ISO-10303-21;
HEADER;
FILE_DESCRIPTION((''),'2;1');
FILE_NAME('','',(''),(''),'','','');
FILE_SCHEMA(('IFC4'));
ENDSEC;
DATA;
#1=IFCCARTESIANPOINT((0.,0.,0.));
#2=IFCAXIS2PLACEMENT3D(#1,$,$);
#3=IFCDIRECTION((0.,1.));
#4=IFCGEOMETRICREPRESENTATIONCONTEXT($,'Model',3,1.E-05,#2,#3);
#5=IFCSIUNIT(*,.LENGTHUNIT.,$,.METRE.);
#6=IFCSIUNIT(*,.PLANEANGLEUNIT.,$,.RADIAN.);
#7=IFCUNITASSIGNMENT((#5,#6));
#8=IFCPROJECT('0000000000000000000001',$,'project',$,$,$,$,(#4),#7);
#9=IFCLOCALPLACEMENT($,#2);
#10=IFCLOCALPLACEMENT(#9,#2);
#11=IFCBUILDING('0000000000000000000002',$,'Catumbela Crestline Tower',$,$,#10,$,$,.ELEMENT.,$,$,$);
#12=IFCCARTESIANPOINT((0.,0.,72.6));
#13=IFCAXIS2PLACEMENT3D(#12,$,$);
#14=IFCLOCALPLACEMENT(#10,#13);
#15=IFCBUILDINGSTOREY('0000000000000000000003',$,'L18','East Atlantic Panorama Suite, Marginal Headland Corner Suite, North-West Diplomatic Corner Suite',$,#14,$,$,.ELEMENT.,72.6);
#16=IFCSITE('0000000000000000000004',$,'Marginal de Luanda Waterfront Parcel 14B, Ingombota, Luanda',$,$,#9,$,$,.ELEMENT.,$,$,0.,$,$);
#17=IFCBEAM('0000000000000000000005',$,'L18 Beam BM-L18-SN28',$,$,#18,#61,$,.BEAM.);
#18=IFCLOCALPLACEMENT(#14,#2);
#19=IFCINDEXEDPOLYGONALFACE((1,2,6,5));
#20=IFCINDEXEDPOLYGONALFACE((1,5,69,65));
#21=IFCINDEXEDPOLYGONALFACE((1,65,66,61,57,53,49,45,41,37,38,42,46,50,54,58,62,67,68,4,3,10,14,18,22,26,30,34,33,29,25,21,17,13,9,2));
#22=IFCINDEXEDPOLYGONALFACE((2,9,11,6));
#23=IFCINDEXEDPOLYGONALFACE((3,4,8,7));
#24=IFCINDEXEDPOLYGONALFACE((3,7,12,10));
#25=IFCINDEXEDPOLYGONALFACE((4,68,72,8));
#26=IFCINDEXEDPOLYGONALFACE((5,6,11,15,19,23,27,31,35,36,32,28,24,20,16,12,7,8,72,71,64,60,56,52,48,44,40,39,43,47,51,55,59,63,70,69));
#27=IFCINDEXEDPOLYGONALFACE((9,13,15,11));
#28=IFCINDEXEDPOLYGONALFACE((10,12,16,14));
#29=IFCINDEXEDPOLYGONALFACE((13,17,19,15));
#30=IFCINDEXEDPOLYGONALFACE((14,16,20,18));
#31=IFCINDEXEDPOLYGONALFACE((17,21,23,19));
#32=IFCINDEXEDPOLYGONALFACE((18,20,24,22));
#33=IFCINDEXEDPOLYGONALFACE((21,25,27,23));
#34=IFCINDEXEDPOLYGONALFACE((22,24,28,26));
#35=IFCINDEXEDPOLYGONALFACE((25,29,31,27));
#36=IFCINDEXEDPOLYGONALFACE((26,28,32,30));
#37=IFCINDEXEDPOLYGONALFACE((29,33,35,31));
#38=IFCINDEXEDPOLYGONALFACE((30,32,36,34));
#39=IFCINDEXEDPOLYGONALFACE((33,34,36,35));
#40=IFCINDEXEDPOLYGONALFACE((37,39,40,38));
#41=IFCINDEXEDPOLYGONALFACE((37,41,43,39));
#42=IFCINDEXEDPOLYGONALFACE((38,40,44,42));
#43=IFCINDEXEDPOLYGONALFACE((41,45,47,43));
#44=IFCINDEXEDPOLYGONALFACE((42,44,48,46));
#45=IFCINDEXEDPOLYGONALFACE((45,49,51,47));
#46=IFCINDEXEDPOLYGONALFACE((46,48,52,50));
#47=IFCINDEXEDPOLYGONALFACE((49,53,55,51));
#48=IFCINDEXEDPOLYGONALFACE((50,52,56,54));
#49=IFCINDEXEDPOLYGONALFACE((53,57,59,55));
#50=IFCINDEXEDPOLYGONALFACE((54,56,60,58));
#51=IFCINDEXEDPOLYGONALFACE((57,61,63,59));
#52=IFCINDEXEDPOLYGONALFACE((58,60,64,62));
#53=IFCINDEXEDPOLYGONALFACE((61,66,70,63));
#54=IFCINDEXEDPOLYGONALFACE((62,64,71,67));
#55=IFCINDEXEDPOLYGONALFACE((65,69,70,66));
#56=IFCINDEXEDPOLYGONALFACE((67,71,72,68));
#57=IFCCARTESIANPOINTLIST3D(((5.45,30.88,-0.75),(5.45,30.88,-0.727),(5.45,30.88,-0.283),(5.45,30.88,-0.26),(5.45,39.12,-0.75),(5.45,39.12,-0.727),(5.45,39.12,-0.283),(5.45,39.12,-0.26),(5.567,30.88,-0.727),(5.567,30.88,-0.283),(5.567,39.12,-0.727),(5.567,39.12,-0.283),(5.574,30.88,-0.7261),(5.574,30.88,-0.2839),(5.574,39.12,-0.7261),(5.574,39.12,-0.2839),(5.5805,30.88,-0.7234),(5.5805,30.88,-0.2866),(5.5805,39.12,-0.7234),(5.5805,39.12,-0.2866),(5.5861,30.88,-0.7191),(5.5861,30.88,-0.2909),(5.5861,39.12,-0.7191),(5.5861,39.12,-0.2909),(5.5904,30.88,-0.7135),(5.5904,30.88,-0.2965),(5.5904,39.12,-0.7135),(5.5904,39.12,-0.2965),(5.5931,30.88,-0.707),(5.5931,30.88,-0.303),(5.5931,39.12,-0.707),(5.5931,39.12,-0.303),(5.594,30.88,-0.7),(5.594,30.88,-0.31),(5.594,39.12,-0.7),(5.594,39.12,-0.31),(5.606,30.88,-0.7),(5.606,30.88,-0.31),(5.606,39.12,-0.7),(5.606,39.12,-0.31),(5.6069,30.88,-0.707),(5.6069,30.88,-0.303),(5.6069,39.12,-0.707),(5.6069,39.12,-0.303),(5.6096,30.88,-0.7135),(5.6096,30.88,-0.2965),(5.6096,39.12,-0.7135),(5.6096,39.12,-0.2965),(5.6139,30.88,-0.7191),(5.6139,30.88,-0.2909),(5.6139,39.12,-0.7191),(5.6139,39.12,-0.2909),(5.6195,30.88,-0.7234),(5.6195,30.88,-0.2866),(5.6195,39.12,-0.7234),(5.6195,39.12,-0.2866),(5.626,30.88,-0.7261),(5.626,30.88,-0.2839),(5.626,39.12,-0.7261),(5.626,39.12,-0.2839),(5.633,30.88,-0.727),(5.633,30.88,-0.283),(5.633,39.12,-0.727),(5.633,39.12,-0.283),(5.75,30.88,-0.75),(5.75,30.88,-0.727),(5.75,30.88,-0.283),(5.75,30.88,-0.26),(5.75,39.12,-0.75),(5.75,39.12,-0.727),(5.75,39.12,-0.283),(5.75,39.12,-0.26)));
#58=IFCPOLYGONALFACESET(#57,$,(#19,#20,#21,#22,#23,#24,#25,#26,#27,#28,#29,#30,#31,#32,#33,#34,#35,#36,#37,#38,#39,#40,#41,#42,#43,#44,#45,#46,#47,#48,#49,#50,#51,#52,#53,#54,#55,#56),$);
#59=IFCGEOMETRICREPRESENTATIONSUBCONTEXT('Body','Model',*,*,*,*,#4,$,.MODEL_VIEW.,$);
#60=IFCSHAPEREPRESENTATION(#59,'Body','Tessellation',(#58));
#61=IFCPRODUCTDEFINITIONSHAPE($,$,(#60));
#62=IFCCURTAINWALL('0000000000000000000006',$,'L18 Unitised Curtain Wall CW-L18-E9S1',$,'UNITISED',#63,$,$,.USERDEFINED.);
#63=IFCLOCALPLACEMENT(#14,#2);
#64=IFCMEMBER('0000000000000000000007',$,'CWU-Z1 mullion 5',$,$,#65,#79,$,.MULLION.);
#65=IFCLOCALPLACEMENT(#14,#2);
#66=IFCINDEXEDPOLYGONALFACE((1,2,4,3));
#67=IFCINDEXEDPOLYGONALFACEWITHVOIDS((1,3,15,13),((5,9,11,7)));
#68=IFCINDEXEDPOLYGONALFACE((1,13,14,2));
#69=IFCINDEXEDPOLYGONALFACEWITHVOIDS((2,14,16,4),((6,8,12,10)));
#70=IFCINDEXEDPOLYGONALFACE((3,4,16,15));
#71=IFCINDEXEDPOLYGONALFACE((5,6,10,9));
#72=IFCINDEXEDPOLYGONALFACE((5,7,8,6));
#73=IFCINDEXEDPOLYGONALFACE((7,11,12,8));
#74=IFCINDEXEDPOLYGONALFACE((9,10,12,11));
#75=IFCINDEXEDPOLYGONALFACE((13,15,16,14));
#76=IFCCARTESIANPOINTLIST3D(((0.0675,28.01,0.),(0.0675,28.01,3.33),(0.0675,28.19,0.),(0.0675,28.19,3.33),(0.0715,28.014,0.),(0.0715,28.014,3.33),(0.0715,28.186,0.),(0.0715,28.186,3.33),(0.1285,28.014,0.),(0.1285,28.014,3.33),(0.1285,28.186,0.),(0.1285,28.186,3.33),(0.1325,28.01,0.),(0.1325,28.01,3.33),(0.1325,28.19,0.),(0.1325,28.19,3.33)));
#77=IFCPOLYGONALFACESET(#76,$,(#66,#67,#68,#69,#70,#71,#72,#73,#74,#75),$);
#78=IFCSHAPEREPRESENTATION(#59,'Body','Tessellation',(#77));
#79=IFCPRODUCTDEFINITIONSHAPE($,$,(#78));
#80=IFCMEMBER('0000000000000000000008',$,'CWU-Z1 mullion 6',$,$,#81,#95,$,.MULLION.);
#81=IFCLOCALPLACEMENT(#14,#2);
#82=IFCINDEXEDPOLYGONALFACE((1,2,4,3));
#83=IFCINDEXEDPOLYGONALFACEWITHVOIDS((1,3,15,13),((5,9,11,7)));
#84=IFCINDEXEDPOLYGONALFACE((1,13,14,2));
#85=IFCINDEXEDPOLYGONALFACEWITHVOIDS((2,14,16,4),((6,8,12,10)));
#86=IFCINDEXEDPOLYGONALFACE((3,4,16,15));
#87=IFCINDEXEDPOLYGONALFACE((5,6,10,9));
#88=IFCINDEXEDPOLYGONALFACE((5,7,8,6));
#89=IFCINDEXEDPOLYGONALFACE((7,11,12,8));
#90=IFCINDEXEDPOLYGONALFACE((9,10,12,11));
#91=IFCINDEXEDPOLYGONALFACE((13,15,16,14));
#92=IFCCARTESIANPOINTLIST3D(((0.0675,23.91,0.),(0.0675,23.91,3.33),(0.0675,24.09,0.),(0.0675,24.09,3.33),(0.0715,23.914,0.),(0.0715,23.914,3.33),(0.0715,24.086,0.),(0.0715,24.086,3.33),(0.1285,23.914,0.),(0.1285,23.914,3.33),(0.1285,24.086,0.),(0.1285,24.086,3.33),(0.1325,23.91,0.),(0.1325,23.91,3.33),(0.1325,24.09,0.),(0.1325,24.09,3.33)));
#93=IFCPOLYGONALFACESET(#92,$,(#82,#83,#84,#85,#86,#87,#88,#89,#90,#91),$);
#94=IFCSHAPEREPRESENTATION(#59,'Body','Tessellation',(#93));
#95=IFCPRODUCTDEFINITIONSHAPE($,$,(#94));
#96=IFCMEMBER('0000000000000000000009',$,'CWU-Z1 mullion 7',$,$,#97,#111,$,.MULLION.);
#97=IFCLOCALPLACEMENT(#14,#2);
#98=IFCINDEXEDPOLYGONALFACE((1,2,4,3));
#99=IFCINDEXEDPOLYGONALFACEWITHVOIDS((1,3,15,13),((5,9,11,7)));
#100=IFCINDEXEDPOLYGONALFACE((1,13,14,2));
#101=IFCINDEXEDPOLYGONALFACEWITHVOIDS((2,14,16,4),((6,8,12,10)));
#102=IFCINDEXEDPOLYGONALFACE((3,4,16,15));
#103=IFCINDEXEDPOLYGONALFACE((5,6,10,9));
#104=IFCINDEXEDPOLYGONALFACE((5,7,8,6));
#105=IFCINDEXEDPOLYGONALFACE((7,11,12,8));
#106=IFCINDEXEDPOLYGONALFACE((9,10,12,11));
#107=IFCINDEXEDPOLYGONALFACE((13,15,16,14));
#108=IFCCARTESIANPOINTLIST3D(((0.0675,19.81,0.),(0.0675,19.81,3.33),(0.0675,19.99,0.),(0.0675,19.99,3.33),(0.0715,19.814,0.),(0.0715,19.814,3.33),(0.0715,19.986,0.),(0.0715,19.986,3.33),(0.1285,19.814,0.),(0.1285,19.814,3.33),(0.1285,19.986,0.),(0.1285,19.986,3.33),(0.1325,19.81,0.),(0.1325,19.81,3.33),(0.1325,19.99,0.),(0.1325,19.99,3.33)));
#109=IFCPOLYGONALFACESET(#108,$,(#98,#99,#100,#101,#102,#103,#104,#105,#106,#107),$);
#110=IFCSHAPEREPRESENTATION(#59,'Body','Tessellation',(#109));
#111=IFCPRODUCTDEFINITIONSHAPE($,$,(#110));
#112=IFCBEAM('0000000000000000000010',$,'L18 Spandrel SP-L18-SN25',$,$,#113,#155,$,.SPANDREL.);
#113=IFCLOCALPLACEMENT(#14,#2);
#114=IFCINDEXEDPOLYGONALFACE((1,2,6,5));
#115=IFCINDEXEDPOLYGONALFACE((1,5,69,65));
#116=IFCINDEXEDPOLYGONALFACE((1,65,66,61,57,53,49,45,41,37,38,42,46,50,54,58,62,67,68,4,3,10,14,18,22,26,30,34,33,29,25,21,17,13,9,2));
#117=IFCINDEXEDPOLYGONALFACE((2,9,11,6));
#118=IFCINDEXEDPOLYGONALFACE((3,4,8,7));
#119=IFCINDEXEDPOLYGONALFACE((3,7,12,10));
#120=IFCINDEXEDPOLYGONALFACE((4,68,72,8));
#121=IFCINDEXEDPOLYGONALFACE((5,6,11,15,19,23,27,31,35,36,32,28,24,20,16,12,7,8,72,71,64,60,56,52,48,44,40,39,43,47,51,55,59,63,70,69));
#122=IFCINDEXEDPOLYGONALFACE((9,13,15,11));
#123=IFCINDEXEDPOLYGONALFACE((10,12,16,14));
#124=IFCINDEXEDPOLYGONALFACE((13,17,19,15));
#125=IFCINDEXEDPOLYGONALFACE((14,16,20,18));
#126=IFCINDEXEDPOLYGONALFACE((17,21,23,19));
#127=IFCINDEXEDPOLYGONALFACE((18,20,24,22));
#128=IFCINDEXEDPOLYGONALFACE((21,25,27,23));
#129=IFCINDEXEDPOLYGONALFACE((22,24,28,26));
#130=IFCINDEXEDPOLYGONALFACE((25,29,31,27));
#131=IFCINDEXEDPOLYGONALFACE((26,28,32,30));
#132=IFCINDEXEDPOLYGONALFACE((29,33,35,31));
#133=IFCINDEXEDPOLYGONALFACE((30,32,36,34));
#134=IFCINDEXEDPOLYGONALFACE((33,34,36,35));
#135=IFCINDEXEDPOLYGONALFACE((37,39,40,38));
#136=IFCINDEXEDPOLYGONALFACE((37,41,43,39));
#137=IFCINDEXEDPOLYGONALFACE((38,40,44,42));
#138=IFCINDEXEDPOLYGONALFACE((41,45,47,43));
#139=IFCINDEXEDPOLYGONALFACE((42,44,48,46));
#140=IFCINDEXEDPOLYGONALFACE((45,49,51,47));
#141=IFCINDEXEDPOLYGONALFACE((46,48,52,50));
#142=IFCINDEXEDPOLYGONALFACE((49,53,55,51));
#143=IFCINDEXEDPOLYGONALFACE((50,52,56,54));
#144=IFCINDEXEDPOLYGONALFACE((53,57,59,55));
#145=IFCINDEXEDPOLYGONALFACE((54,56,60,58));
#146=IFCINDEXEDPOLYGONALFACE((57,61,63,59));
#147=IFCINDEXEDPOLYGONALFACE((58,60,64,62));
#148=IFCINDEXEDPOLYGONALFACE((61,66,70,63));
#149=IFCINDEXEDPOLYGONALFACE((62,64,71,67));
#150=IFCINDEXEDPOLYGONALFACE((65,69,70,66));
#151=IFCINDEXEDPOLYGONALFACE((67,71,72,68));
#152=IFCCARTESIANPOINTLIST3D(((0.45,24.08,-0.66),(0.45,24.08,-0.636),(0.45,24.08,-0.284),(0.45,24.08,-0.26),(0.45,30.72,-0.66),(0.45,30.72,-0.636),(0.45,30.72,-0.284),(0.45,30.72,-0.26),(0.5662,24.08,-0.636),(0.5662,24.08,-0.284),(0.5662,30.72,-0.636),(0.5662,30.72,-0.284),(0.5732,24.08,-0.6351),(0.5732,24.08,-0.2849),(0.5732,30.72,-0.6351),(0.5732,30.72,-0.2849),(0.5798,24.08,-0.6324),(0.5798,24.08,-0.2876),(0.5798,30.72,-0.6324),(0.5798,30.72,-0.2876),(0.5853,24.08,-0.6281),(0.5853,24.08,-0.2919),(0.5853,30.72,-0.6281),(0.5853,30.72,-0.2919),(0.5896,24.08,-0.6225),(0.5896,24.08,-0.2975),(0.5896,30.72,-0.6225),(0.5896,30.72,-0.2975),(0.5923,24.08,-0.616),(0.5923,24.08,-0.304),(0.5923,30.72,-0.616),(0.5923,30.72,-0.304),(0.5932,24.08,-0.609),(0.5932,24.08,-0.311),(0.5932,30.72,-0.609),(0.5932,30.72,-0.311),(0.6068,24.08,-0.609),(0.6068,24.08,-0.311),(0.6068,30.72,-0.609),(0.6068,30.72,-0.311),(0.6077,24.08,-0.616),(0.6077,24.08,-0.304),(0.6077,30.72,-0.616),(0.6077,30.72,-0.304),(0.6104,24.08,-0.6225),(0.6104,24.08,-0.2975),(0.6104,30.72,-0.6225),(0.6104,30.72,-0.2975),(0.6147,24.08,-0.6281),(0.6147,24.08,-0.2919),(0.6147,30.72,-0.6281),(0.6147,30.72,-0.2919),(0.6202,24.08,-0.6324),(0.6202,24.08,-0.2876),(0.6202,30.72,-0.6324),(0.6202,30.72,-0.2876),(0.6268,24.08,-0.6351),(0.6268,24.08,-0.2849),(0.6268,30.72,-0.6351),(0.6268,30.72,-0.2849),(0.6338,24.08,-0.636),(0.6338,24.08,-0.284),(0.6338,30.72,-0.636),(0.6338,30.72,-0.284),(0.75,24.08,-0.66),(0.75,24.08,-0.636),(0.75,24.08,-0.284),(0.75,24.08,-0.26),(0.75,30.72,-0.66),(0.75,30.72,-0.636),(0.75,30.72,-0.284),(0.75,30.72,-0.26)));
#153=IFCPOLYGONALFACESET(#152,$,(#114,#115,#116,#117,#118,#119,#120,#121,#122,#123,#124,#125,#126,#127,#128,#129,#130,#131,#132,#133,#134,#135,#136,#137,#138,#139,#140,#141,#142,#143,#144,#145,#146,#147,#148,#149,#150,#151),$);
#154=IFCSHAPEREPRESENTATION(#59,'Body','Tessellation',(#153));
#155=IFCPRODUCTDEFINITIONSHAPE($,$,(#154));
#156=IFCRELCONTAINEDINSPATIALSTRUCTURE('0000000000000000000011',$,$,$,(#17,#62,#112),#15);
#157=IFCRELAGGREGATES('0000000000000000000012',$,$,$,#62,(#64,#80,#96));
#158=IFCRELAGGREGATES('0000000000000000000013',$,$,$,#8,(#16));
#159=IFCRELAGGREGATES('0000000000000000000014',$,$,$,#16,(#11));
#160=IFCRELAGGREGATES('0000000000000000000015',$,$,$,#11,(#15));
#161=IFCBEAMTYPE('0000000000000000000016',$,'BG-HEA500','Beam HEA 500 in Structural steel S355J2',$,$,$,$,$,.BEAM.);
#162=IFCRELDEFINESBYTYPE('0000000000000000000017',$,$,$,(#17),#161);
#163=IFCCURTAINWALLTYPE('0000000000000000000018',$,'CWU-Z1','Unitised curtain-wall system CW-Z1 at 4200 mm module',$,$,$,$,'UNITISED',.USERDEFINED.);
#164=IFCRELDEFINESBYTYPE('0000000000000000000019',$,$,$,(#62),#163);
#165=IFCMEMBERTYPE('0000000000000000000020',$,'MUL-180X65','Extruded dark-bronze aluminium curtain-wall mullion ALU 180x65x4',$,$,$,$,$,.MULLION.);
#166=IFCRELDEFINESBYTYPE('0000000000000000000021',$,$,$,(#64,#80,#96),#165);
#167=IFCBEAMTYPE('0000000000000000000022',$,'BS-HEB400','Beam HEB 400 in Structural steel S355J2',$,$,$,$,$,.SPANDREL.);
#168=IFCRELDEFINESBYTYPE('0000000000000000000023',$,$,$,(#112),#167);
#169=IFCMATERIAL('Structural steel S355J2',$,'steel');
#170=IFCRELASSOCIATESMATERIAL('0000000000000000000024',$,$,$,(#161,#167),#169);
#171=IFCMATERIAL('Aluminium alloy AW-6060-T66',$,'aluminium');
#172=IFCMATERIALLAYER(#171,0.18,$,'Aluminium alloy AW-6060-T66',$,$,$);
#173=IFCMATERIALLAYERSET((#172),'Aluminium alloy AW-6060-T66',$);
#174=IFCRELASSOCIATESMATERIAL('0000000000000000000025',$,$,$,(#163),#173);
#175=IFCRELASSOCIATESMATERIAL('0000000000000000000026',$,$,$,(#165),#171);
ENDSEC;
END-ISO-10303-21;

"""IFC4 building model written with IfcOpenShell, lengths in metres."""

from ifc_helpers import new_model, si_unit, direction, frame, origin, origin_2d, place, context, subcontext, project, spatial, hollow_rectangle, i_section, extrude, material, layer, layer_set, material_profile, profile_set, type_object, element, aggregate, save


model = new_model("IFC4")

# Units and contexts
model_context = context("Model", 3, precision=1e-05, world=origin(), true_north=direction((0.0, 1.0)))
body_context = subcontext(model_context, "Body", "Model", "MODEL_VIEW")
ifc_project = project(units=[si_unit("LENGTHUNIT", "METRE"), si_unit("PLANEANGLEUNIT", "RADIAN")], contexts=[model_context])

# Site, building, storey
site_placement = place(None, origin())
site = spatial("IfcSite", under=ifc_project, at=site_placement, Name="Marginal de Luanda Waterfront Parcel 14B, Ingombota, Luanda", CompositionType="ELEMENT", RefElevation=0.0)
building_placement = place(site_placement, origin())
building = spatial("IfcBuilding", under=site, at=building_placement, Name="Catumbela Crestline Tower", CompositionType="ELEMENT")
storey_placement = place(building_placement, frame((0.0, 0.0, 72.6)))
storey = spatial("IfcBuildingStorey", under=building, at=storey_placement, Name="L18", Description="East Atlantic Panorama Suite, Marginal Headland Corner Suite, North-West Diplomatic Corner Suite", CompositionType="ELEMENT", Elevation=72.6)

# Beam
ifc_material_1 = material(Name="Structural steel S355J2", Category="steel")
ifc_material_profile_1 = material_profile(ifc_material_1, i_section(OverallWidth=0.3, OverallDepth=0.49, WebThickness=0.012, FlangeThickness=0.023, FilletRadius=0.027, at=origin_2d()), Name="HEA 500")
ifc_profile_set_1 = profile_set([ifc_material_profile_1], Name="Structural steel S355J2")
beam_type_1 = type_object("IfcBeamType", Name="BG-HEA500", Description="Beam HEA 500 in Structural steel S355J2", PredefinedType="BEAM", material=ifc_profile_set_1)
beam_1_placement = place(storey_placement, frame((5.6, 30.88, -0.505), z_axis=(0.0, 1.0, 0.0), x_axis=(-1.0, 0.0, 0.0)))
element("IfcBeam", 1, at=beam_1_placement, inside=storey, type_object=beam_type_1, Name="L18 Beam BM-L18-SN28", PredefinedType="BEAM", context=body_context, shape_type="SweptSolid", body=[
    extrude(i_section(OverallWidth=0.3, OverallDepth=0.49, WebThickness=0.012, FlangeThickness=0.023, FilletRadius=0.027, at=origin_2d()), origin(), (0.0, 0.0, 1.0), 8.24),
])

# Curtain wall, members
ifc_material_2 = material(Name="Aluminium alloy AW-6060-T66", Category="aluminium")
ifc_layer_1 = layer(ifc_material_2, 0.18, Name="Aluminium alloy AW-6060-T66")
ifc_layer_set_1 = layer_set([ifc_layer_1], Name="Aluminium alloy AW-6060-T66")
curtain_wall_type = type_object("IfcCurtainWallType", Name="CWU-Z1", Description="Unitised curtain-wall system CW-Z1 at 4200 mm module", ElementType="UNITISED", PredefinedType="USERDEFINED", material=ifc_layer_set_1)
curtain_wall_placement = place(storey_placement, origin())
curtain_wall = element("IfcCurtainWall", 2, at=curtain_wall_placement, inside=storey, type_object=curtain_wall_type, Name="L18 Unitised Curtain Wall CW-L18-E9S1", ObjectType="UNITISED", PredefinedType="USERDEFINED")
ifc_material_profile_2 = material_profile(ifc_material_2, hollow_rectangle(XDim=0.065, YDim=0.18, WallThickness=0.004, at=origin_2d()), Name="ALU 180x65x4")
ifc_profile_set_2 = profile_set([ifc_material_profile_2], Name="Aluminium alloy AW-6060-T66")
member_type_1 = type_object("IfcMemberType", Name="MUL-180X65", Description="Extruded dark-bronze aluminium curtain-wall mullion ALU 180x65x4", PredefinedType="MULLION", material=ifc_profile_set_2)
member_1_placement = place(storey_placement, frame((0.1, 28.1, 0.0), z_axis=(0.0, 0.0, 1.0), x_axis=(1.0, 0.0, 0.0)))
member_1 = element("IfcMember", 3, at=member_1_placement, type_object=member_type_1, Name="CWU-Z1 mullion 5", PredefinedType="MULLION", context=body_context, shape_type="SweptSolid", body=[
    extrude(hollow_rectangle(XDim=0.065, YDim=0.18, WallThickness=0.004, at=origin_2d()), origin(), (0.0, 0.0, 1.0), 3.33),
])
member_2_placement = place(storey_placement, frame((0.1, 24.0, 0.0), z_axis=(0.0, 0.0, 1.0), x_axis=(1.0, 0.0, 0.0)))
member_2 = element("IfcMember", 4, at=member_2_placement, type_object=member_type_1, Name="CWU-Z1 mullion 6", PredefinedType="MULLION", context=body_context, shape_type="SweptSolid", body=[
    extrude(hollow_rectangle(XDim=0.065, YDim=0.18, WallThickness=0.004, at=origin_2d()), origin(), (0.0, 0.0, 1.0), 3.33),
])
member_3_placement = place(storey_placement, frame((0.1, 19.9, 0.0), z_axis=(0.0, 0.0, 1.0), x_axis=(1.0, 0.0, 0.0)))
member_3 = element("IfcMember", 5, at=member_3_placement, type_object=member_type_1, Name="CWU-Z1 mullion 7", PredefinedType="MULLION", context=body_context, shape_type="SweptSolid", body=[
    extrude(hollow_rectangle(XDim=0.065, YDim=0.18, WallThickness=0.004, at=origin_2d()), origin(), (0.0, 0.0, 1.0), 3.33),
])

# Beam
ifc_material_profile_3 = material_profile(ifc_material_1, i_section(OverallWidth=0.3, OverallDepth=0.4, WebThickness=0.0135, FlangeThickness=0.024, FilletRadius=0.027, at=origin_2d()), Name="HEB 400")
ifc_profile_set_3 = profile_set([ifc_material_profile_3], Name="Structural steel S355J2")
beam_type_2 = type_object("IfcBeamType", Name="BS-HEB400", Description="Beam HEB 400 in Structural steel S355J2", PredefinedType="SPANDREL", material=ifc_profile_set_3)
beam_2_placement = place(storey_placement, frame((0.6, 24.08, -0.46), z_axis=(0.0, 1.0, 0.0), x_axis=(-1.0, 0.0, 0.0)))
element("IfcBeam", 6, at=beam_2_placement, inside=storey, type_object=beam_type_2, Name="L18 Spandrel SP-L18-SN25", PredefinedType="SPANDREL", context=body_context, shape_type="SweptSolid", body=[
    extrude(i_section(OverallWidth=0.3, OverallDepth=0.4, WebThickness=0.0135, FlangeThickness=0.024, FilletRadius=0.027, at=origin_2d()), origin(), (0.0, 0.0, 1.0), 6.64),
])

aggregate(curtain_wall, [member_1, member_2, member_3])

save(model, "model.ifc")
